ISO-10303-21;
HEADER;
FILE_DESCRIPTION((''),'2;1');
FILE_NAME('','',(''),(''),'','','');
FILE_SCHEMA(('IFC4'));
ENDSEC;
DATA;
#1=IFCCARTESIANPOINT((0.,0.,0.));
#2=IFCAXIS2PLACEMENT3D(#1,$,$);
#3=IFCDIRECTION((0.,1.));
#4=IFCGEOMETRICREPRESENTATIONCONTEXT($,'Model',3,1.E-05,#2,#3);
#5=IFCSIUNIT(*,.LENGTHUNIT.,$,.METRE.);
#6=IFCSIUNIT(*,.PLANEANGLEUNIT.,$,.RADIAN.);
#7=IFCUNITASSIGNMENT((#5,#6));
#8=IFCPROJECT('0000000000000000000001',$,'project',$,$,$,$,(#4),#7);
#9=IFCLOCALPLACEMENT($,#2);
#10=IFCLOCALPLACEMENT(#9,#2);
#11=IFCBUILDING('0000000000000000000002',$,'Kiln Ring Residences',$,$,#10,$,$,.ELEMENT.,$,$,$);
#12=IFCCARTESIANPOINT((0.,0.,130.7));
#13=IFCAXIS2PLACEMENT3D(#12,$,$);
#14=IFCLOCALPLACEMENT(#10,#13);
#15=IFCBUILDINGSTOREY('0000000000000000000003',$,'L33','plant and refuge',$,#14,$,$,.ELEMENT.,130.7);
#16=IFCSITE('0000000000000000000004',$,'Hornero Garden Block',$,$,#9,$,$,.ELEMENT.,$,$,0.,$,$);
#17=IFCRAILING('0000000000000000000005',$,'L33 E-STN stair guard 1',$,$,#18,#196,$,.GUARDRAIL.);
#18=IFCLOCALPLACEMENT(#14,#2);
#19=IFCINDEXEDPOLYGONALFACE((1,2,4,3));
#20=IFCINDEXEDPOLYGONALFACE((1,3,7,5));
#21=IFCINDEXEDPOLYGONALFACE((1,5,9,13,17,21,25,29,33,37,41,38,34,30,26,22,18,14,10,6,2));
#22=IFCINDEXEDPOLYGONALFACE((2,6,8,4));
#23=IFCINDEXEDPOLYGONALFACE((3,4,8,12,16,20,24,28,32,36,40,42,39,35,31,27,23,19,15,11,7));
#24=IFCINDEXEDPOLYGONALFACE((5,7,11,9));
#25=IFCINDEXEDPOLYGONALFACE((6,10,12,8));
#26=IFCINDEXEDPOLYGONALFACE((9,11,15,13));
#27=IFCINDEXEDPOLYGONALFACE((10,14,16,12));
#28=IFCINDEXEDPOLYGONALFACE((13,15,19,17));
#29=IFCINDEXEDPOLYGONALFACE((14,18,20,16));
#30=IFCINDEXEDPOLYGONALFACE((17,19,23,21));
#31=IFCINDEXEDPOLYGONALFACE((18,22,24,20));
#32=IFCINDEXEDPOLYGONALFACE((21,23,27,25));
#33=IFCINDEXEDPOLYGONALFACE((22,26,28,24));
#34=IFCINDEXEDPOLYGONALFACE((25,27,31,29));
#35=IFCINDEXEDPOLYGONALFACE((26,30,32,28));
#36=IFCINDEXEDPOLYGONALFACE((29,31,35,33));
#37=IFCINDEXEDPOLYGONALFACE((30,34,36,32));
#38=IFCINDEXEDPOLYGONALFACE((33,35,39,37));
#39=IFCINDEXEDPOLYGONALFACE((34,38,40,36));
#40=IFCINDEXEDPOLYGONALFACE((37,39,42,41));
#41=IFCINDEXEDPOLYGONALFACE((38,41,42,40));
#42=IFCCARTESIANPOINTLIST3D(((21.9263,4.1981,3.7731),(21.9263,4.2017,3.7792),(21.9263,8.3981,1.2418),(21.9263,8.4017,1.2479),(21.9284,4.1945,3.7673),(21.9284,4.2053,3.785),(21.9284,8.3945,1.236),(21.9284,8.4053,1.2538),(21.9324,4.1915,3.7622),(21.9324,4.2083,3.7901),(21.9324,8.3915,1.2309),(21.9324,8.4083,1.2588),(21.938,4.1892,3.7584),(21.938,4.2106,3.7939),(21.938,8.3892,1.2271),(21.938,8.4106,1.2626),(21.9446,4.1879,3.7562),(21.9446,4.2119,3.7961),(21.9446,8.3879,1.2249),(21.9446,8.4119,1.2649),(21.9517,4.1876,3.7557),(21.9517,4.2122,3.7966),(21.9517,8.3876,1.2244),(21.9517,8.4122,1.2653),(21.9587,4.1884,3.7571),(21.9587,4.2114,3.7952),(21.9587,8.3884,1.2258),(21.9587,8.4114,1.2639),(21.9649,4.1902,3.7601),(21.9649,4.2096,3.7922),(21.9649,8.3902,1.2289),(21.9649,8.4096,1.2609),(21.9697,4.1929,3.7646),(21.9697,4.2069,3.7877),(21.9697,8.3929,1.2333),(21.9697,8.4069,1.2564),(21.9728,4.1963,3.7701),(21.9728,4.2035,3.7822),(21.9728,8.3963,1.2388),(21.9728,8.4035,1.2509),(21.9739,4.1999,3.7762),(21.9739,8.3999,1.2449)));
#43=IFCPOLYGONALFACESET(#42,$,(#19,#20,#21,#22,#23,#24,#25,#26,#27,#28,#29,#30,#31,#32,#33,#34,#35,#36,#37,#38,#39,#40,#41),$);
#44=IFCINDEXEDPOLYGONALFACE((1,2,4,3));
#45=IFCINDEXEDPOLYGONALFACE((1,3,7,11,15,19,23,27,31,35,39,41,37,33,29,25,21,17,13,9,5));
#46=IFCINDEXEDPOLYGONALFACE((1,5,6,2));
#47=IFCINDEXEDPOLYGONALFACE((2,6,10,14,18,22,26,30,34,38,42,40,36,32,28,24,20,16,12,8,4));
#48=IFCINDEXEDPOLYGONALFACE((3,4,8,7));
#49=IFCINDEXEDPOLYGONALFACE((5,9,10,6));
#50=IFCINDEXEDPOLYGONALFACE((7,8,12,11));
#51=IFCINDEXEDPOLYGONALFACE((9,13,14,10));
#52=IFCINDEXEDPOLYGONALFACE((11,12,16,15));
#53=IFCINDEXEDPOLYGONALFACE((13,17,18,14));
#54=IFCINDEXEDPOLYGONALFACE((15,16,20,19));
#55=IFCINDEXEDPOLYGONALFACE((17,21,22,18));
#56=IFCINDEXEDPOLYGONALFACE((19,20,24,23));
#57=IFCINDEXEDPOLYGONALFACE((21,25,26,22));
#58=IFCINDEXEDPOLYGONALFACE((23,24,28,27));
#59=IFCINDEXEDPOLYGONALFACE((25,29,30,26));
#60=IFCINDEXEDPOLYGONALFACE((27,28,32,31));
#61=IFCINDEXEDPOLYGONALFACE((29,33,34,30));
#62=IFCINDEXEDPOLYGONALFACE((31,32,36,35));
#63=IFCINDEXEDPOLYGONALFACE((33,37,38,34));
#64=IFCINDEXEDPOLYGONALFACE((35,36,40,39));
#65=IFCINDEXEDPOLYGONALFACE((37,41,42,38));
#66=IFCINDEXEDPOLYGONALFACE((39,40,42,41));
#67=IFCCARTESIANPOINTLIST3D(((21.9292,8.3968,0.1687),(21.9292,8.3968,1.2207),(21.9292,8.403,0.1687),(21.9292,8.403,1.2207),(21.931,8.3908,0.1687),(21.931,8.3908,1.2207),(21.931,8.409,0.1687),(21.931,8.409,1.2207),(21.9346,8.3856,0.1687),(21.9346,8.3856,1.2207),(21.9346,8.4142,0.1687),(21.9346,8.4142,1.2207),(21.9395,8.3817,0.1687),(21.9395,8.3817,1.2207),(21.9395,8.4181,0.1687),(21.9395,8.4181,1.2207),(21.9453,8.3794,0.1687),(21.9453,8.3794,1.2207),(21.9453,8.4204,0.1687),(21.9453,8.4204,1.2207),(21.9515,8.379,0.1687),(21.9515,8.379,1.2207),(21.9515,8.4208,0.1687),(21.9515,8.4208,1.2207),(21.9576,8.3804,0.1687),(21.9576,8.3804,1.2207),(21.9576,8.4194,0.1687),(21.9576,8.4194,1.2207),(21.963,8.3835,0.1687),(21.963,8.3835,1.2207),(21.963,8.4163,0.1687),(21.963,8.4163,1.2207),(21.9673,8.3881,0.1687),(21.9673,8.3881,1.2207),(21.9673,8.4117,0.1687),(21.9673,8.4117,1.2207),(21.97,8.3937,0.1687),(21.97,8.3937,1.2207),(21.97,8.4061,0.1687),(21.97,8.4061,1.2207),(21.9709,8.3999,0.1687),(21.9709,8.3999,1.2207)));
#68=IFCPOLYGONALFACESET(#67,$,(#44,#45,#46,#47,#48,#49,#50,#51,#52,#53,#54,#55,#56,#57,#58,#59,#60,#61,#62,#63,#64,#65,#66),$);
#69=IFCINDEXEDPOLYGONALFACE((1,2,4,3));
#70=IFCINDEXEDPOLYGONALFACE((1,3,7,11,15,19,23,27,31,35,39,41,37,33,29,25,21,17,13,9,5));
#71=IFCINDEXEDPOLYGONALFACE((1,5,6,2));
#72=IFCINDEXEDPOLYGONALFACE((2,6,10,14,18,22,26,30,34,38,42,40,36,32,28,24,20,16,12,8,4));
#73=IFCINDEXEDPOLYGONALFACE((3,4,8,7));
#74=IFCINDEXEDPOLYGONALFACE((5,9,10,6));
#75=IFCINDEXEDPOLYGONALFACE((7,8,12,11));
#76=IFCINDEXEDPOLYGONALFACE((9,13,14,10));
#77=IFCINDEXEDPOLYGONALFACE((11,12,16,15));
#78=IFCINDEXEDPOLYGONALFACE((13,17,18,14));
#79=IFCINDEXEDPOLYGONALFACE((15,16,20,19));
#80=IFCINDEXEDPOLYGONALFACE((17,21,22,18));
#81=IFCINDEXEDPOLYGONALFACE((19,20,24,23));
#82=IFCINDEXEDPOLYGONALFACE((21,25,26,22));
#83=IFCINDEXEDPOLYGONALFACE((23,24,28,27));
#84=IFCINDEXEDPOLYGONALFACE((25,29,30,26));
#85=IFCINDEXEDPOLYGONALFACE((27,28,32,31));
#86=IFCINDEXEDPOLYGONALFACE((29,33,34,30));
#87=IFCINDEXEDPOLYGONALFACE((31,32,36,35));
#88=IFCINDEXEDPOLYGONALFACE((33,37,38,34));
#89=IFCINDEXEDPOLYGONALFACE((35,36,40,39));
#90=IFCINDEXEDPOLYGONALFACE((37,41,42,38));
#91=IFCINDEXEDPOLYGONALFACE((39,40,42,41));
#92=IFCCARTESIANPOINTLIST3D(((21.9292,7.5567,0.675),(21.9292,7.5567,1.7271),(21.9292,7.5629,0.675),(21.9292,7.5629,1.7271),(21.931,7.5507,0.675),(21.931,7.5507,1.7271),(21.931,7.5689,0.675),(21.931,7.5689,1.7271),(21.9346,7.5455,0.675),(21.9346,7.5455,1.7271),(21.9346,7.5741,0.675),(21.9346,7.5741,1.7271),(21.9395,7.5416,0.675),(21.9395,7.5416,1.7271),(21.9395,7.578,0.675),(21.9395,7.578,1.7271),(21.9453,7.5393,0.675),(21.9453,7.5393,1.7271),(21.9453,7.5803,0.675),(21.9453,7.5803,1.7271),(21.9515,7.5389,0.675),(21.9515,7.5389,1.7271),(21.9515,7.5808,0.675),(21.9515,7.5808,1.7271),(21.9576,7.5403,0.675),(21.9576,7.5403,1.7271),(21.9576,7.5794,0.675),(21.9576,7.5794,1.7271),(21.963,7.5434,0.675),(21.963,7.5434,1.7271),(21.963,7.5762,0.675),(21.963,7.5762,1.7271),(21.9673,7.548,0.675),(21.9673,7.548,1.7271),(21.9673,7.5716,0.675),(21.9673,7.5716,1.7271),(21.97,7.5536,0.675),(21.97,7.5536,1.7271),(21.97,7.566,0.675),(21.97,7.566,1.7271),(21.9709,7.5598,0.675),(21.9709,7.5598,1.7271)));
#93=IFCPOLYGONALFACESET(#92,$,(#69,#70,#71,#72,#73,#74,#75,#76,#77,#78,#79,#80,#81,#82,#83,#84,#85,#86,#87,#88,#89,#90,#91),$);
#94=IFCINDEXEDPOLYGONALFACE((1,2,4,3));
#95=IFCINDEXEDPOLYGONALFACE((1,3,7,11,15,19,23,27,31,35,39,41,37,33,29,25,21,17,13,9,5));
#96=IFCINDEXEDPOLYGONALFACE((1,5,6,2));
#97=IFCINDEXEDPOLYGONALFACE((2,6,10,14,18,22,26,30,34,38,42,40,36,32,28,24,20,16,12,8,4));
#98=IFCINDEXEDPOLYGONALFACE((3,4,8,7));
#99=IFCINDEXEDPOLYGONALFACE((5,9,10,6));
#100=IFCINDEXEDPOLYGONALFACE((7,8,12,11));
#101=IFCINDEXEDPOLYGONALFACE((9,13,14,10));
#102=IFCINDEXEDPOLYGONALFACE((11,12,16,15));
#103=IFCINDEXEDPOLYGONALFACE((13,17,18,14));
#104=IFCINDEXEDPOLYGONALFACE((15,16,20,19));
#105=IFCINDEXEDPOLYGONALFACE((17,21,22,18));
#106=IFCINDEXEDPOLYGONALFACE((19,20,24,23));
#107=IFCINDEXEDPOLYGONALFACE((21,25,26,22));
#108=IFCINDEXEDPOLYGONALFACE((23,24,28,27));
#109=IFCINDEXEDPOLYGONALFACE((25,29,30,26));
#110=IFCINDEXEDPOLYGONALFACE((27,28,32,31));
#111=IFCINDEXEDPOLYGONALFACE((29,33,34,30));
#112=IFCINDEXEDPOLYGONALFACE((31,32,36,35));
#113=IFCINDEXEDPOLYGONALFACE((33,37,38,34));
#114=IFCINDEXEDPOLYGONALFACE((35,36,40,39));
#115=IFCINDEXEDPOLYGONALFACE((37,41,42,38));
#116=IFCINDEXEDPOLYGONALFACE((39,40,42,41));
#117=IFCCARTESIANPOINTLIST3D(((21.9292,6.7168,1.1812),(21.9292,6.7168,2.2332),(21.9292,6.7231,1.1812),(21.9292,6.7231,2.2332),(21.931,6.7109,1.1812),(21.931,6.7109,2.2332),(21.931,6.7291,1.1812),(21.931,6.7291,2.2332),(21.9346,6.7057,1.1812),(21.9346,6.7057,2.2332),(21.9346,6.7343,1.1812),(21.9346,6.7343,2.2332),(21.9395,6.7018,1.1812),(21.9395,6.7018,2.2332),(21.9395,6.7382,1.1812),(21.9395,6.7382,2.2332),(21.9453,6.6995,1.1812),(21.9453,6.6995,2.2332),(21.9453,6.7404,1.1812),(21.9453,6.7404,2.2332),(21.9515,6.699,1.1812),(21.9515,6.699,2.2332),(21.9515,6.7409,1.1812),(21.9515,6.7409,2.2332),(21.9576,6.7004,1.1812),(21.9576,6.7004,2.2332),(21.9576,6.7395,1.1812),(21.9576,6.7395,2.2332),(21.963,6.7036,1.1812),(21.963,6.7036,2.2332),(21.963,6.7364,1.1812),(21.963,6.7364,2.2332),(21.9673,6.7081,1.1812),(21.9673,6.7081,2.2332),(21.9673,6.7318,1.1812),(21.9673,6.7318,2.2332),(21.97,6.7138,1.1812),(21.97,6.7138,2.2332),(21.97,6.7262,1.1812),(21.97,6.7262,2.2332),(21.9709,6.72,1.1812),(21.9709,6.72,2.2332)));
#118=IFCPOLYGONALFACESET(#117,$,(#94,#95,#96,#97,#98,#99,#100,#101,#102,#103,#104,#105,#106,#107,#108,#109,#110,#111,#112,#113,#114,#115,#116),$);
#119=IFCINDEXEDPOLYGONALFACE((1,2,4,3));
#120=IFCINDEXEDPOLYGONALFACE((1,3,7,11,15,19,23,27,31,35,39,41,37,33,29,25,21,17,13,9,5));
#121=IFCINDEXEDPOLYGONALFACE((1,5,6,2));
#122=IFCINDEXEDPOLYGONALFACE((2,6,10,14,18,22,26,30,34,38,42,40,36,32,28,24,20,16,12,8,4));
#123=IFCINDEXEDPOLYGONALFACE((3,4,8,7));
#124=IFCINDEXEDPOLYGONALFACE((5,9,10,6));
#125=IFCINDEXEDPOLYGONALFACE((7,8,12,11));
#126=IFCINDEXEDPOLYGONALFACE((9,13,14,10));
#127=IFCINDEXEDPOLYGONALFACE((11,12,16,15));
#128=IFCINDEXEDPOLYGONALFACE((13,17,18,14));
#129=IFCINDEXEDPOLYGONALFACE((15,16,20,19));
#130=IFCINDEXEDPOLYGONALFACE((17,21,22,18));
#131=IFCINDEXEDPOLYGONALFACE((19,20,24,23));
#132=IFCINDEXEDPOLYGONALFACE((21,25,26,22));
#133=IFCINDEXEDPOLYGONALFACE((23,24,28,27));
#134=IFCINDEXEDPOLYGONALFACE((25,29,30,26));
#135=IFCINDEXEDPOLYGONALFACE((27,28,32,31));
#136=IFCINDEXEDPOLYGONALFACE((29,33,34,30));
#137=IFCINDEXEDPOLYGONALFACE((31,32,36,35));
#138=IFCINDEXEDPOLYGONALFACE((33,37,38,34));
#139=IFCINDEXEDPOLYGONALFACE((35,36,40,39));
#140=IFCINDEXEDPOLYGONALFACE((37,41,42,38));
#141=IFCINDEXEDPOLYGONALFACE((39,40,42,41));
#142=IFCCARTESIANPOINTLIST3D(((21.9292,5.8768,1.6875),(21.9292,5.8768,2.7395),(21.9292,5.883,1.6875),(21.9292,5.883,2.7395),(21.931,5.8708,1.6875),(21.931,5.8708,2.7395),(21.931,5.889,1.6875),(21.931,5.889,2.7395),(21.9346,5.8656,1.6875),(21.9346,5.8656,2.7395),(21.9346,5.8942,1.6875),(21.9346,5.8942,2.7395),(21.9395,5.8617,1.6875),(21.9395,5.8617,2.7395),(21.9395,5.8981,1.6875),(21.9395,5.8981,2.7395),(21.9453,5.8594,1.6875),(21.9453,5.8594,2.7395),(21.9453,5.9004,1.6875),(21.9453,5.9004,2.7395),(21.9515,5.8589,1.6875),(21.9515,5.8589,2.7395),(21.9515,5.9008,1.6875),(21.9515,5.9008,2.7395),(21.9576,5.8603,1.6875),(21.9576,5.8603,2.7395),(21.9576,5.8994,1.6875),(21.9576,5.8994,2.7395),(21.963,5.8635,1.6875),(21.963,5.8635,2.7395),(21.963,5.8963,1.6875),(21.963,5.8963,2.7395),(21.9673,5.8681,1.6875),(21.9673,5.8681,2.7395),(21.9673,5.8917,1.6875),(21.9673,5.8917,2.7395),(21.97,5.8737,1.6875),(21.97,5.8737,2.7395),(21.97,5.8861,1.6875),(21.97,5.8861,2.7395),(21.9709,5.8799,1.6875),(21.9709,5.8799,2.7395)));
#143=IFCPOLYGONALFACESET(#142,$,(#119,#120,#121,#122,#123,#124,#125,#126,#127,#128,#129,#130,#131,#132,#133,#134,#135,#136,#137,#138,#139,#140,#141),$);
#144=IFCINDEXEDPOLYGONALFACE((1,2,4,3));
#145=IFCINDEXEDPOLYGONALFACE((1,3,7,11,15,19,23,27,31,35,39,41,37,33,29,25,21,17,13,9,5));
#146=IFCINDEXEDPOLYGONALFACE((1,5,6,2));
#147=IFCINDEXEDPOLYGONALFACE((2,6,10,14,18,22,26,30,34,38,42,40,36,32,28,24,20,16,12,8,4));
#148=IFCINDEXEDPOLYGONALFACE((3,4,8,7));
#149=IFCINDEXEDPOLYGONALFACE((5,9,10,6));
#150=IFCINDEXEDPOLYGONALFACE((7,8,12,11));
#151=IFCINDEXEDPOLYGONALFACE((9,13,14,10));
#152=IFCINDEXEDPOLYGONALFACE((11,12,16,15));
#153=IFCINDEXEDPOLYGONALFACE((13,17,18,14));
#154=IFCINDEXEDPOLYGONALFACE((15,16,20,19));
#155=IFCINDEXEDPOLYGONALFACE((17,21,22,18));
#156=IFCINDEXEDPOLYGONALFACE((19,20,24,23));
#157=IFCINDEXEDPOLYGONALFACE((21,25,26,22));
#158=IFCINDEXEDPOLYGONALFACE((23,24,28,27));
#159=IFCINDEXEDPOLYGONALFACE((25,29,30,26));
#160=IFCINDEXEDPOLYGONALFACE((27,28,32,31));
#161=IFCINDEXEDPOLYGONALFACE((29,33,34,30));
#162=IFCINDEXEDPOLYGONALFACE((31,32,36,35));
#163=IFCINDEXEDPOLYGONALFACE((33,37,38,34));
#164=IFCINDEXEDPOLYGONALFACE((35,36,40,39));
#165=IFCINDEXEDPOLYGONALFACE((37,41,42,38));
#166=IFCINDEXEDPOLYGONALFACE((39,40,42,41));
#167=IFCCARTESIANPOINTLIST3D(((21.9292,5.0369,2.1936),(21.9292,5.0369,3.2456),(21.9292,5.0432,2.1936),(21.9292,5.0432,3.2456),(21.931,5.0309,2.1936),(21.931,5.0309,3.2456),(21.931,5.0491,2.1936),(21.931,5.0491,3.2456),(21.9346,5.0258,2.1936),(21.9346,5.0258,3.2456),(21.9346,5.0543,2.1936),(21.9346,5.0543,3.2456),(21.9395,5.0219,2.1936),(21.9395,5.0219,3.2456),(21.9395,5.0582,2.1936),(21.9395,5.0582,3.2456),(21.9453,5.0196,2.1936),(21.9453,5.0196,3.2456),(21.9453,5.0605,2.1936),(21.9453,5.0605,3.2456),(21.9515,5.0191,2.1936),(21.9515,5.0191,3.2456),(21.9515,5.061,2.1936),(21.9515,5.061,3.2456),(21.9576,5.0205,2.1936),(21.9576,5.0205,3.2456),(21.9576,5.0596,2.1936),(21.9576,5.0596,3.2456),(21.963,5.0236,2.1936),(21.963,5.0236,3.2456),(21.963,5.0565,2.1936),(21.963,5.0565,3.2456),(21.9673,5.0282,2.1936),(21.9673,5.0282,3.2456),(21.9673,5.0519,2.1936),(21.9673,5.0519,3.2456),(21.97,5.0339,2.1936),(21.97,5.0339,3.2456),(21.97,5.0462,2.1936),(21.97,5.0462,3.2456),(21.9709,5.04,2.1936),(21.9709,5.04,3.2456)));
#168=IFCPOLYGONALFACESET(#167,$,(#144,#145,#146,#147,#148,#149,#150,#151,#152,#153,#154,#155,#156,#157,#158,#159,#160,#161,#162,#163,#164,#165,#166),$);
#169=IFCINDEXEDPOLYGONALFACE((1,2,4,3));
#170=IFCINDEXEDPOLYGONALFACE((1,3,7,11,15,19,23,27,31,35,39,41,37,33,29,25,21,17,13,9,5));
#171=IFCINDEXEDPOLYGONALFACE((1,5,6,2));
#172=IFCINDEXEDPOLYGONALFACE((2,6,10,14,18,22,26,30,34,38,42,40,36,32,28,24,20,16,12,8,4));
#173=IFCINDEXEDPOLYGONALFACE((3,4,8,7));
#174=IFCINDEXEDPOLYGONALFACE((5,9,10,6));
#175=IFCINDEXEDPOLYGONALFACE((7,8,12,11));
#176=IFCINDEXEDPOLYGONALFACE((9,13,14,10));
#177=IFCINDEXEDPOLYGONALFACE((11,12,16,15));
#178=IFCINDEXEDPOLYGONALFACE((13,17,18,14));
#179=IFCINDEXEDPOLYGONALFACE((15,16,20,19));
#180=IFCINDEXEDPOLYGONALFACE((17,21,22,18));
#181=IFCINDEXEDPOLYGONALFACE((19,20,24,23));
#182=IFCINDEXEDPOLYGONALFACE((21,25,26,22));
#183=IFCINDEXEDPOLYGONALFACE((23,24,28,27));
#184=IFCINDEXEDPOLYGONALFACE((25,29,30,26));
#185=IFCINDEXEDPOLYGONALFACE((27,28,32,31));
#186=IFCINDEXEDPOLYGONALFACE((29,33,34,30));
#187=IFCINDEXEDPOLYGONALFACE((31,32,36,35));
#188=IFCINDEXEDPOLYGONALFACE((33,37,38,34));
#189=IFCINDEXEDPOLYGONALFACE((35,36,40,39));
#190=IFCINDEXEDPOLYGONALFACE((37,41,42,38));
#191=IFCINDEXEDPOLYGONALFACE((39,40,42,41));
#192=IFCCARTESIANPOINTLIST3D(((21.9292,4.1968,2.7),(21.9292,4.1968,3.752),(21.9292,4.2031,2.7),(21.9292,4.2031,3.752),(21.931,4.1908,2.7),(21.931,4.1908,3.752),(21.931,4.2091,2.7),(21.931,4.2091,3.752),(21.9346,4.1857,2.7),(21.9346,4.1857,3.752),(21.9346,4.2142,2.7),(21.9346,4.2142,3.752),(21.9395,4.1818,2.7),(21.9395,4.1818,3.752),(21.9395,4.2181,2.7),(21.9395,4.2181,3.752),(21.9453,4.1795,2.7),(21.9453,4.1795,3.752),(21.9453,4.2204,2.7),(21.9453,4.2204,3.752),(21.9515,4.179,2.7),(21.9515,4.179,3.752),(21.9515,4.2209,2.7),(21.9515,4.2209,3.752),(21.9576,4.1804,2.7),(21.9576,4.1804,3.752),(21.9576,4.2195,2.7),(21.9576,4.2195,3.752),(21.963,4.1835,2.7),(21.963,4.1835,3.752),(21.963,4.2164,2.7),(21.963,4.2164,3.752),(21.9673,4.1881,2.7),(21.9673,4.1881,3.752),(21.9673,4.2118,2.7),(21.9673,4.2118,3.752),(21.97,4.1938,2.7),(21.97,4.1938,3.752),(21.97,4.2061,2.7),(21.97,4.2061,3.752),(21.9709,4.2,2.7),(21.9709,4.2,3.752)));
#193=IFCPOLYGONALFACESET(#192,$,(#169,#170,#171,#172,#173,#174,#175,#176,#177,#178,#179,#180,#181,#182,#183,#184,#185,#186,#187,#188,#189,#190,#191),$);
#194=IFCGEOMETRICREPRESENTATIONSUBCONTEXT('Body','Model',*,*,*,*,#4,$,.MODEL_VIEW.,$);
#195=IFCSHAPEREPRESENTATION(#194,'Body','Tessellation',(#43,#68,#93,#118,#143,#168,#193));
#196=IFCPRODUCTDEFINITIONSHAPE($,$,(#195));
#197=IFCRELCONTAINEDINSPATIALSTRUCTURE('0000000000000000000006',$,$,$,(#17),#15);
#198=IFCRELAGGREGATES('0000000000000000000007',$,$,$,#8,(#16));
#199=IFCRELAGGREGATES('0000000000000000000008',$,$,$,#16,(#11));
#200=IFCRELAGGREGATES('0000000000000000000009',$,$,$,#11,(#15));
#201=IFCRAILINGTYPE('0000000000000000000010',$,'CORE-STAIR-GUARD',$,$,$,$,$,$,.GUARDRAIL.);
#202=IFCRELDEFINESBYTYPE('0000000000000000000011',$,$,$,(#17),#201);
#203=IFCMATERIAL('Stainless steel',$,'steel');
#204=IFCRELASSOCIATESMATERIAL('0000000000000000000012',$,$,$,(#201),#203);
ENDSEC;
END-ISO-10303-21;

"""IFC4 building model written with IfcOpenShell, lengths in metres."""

from ifc_helpers import new_model, si_unit, direction, frame, origin, origin_2d, place, context, subcontext, project, spatial, circle, extrude, material, type_object, element, save


model = new_model("IFC4")

# Units and contexts
model_context = context("Model", 3, precision=1e-05, world=origin(), true_north=direction((0.0, 1.0)))
body_context = subcontext(model_context, "Body", "Model", "MODEL_VIEW")
ifc_project = project(units=[si_unit("LENGTHUNIT", "METRE"), si_unit("PLANEANGLEUNIT", "RADIAN")], contexts=[model_context])

# Site, building, storey
site_placement = place(None, origin())
site = spatial("IfcSite", under=ifc_project, at=site_placement, Name="Hornero Garden Block", CompositionType="ELEMENT", RefElevation=0.0)
building_placement = place(site_placement, origin())
building = spatial("IfcBuilding", under=site, at=building_placement, Name="Kiln Ring Residences", CompositionType="ELEMENT")
storey_placement = place(building_placement, frame((0.0, 0.0, 130.7)))
storey = spatial("IfcBuildingStorey", under=building, at=storey_placement, Name="L33", Description="plant and refuge", CompositionType="ELEMENT", Elevation=130.7)

# Railing
ifc_material_1 = material(Name="Stainless steel", Category="steel")
railing_type_1 = type_object("IfcRailingType", Name="CORE-STAIR-GUARD", PredefinedType="GUARDRAIL", material=ifc_material_1)
railing_1_placement = place(storey_placement, frame((21.95, 8.3999, 0.1687)))
element("IfcRailing", 1, at=railing_1_placement, inside=storey, type_object=railing_type_1, Name="L33 E-STN stair guard 1", PredefinedType="GUARDRAIL", context=body_context, shape_type="SweptSolid", body=[
    extrude(circle(Radius=0.0239, at=origin_2d()), frame((0.0, 0.0, 1.0762), z_axis=(0.0, -0.856476, 0.516186), x_axis=(1.0, 0.0, 0.0)), (0.0, 0.0, 1.0), 4.9038),
    extrude(circle(Radius=0.021, at=origin_2d()), origin(), (0.0, 0.0, 1.0), 1.052),
    extrude(circle(Radius=0.021, at=origin_2d()), frame((0.0, -0.8401, 0.5063)), (0.0, 0.0, 1.0), 1.052),
    extrude(circle(Radius=0.021, at=origin_2d()), frame((0.0, -1.6799, 1.0125)), (0.0, 0.0, 1.0), 1.052),
    extrude(circle(Radius=0.021, at=origin_2d()), frame((0.0, -2.52, 1.5188)), (0.0, 0.0, 1.0), 1.052),
    extrude(circle(Radius=0.021, at=origin_2d()), frame((0.0, -3.3599, 2.0249)), (0.0, 0.0, 1.0), 1.052),
    extrude(circle(Radius=0.021, at=origin_2d()), frame((0.0, -4.2, 2.5312)), (0.0, 0.0, 1.0), 1.052),
])

save(model, "model.ifc")
